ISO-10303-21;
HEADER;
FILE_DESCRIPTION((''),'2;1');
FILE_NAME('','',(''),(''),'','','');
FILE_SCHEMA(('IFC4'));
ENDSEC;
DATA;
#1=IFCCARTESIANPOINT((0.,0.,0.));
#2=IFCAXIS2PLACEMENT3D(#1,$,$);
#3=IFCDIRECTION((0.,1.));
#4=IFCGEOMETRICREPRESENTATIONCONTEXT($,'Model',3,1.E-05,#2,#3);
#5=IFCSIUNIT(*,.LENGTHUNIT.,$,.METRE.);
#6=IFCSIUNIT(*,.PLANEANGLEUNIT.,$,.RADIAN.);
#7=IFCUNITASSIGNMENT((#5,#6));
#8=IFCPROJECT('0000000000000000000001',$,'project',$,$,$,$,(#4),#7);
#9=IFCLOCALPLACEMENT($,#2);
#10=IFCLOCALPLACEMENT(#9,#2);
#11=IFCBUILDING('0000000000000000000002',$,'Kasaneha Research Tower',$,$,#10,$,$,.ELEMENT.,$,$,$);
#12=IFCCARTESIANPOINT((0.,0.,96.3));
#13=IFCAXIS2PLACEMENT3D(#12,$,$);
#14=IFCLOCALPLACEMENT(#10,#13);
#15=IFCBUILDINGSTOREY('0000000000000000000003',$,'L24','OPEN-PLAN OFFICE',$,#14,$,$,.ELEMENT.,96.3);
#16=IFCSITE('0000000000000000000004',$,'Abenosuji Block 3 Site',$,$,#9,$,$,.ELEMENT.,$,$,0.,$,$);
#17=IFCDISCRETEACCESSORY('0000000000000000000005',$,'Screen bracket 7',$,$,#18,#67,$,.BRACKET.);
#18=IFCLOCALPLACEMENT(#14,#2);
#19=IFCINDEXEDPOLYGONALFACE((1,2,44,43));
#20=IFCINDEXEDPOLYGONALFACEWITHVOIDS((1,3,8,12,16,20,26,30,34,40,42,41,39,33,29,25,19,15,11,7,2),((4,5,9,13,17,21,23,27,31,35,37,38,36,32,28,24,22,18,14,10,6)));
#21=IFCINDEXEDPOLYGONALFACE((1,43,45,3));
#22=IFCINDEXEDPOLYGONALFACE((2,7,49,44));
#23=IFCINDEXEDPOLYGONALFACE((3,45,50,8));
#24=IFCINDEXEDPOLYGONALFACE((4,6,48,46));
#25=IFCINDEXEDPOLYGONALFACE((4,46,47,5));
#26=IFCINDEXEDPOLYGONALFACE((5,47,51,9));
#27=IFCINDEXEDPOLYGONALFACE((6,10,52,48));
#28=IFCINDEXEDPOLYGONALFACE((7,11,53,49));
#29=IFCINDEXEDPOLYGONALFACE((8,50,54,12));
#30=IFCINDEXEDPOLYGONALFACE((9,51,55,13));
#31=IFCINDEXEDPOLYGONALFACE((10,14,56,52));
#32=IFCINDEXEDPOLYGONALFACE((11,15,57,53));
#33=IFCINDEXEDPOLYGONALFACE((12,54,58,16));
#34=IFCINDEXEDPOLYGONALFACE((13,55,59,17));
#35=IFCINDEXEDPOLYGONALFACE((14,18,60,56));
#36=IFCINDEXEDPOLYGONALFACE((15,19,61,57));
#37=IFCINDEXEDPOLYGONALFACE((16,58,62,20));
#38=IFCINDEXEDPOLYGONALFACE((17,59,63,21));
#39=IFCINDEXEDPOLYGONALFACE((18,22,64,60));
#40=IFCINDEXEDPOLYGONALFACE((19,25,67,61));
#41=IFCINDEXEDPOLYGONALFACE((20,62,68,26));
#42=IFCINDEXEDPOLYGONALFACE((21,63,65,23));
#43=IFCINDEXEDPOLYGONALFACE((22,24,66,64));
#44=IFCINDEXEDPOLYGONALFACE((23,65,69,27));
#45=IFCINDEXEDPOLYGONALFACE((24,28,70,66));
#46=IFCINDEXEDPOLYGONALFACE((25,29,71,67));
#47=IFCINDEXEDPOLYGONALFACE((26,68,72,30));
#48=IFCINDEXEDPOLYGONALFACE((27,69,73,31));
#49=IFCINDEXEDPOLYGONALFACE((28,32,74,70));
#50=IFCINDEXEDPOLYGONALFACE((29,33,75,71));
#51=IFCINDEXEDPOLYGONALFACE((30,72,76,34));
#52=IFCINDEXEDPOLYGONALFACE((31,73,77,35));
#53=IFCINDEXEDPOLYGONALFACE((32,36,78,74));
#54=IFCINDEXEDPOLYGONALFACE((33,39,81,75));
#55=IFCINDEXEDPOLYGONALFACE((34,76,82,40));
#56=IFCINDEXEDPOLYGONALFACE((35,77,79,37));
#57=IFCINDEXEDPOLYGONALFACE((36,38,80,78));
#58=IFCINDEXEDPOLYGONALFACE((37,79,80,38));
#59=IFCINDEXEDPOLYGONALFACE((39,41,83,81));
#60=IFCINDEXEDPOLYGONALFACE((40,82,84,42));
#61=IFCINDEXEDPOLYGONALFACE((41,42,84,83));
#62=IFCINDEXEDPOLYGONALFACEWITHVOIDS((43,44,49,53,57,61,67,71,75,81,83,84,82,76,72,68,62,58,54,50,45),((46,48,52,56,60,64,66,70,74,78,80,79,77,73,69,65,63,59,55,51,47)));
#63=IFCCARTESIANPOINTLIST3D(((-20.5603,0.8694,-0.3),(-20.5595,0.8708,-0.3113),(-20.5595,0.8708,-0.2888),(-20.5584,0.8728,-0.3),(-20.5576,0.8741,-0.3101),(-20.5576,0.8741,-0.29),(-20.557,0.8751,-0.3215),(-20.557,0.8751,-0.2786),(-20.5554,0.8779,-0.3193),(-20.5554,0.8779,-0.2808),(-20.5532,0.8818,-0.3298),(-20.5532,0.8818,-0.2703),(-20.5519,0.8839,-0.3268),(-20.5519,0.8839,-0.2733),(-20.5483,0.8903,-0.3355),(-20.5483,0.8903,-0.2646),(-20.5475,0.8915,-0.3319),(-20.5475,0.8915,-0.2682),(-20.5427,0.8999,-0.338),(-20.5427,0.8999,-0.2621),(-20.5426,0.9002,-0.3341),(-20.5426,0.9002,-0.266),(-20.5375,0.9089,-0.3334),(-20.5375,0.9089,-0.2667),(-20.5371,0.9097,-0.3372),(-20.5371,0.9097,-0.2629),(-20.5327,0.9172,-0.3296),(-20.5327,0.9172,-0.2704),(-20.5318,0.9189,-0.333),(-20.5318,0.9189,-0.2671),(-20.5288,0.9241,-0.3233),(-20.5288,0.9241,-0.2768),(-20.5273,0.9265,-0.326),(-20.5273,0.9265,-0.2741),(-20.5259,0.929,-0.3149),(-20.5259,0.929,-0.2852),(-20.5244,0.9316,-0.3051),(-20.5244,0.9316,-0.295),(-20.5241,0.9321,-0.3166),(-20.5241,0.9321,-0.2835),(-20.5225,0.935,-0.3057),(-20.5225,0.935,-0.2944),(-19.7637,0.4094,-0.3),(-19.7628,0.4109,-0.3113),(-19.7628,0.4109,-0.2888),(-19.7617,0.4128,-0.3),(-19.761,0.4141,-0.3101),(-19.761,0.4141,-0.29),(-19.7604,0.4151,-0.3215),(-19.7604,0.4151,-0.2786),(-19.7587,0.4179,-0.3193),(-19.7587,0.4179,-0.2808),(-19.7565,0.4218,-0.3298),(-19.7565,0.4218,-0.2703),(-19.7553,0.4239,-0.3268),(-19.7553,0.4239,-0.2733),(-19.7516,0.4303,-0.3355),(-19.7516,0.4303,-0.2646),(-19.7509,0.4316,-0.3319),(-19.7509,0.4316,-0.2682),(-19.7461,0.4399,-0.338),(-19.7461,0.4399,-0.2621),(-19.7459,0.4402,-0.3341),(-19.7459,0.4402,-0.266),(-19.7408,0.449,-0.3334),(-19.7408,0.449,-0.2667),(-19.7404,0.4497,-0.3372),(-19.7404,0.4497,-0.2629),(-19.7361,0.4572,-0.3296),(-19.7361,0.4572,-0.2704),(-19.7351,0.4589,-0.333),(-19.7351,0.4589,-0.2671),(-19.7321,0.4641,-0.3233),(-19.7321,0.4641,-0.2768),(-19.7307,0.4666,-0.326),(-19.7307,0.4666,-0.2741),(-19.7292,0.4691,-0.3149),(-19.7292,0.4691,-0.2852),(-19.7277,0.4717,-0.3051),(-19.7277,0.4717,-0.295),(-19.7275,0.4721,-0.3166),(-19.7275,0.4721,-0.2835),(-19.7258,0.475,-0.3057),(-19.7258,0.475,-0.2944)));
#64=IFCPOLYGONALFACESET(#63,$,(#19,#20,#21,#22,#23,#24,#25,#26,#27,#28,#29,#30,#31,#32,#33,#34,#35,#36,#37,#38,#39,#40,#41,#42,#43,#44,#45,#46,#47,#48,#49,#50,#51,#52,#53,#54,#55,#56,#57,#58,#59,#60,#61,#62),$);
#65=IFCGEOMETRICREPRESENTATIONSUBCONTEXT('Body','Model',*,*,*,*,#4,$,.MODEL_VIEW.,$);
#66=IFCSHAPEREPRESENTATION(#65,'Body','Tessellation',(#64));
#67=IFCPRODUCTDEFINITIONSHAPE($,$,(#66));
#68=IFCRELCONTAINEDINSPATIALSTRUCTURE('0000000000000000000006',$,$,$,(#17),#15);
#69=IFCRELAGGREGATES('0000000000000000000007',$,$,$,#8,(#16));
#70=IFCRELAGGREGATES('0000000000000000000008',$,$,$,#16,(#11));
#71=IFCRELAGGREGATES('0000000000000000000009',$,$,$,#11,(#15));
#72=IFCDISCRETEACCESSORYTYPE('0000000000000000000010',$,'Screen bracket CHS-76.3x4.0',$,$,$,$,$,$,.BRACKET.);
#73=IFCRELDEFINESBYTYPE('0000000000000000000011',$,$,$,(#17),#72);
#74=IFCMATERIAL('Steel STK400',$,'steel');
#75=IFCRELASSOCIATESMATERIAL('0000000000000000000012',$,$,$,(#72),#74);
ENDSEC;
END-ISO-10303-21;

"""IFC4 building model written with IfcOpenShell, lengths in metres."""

from ifc_helpers import new_model, si_unit, direction, frame, origin, origin_2d, place, context, subcontext, project, spatial, hollow_circle, extrude, material, material_profile, profile_set, type_object, element, save


model = new_model("IFC4")

# Units and contexts
model_context = context("Model", 3, precision=1e-05, world=origin(), true_north=direction((0.0, 1.0)))
body_context = subcontext(model_context, "Body", "Model", "MODEL_VIEW")
ifc_project = project(units=[si_unit("LENGTHUNIT", "METRE"), si_unit("PLANEANGLEUNIT", "RADIAN")], contexts=[model_context])

# Site, building, storey
site_placement = place(None, origin())
site = spatial("IfcSite", under=ifc_project, at=site_placement, Name="Abenosuji Block 3 Site", CompositionType="ELEMENT", RefElevation=0.0)
building_placement = place(site_placement, origin())
building = spatial("IfcBuilding", under=site, at=building_placement, Name="Kasaneha Research Tower", CompositionType="ELEMENT")
storey_placement = place(building_placement, frame((0.0, 0.0, 96.3)))
storey = spatial("IfcBuildingStorey", under=building, at=storey_placement, Name="L24", Description="OPEN-PLAN OFFICE", CompositionType="ELEMENT", Elevation=96.3)

# Discrete accessory
ifc_material_1 = material(Name="Steel STK400", Category="steel")
ifc_material_profile_1 = material_profile(ifc_material_1, hollow_circle(Radius=0.0381, WallThickness=0.0039, at=origin_2d()), Name="CHS-76.3x4.0")
ifc_profile_set_1 = profile_set([ifc_material_profile_1], Name="Steel STK400")
discrete_accessory_type = type_object("IfcDiscreteAccessoryType", Name="Screen bracket CHS-76.3x4.0", PredefinedType="BRACKET", material=ifc_profile_set_1)
for number, where, z_axis, x_axis, name in (
    (1, (-19.7446, 0.4424, -0.3), (-0.866013, 0.500021, 0.0), (-0.500021, -0.866013, 0.0), "Screen bracket 7"),
):
    element("IfcDiscreteAccessory", number, at=place(storey_placement, frame(where, z_axis=z_axis, x_axis=x_axis)), inside=storey, type_object=discrete_accessory_type, Name=name, PredefinedType="BRACKET", context=body_context, shape_type="SweptSolid", body=[
        extrude(hollow_circle(Radius=0.0381, WallThickness=0.0039, at=origin_2d()), origin(), (0.0, 0.0, 1.0), 0.9199),
    ])

save(model, "model.ifc")
